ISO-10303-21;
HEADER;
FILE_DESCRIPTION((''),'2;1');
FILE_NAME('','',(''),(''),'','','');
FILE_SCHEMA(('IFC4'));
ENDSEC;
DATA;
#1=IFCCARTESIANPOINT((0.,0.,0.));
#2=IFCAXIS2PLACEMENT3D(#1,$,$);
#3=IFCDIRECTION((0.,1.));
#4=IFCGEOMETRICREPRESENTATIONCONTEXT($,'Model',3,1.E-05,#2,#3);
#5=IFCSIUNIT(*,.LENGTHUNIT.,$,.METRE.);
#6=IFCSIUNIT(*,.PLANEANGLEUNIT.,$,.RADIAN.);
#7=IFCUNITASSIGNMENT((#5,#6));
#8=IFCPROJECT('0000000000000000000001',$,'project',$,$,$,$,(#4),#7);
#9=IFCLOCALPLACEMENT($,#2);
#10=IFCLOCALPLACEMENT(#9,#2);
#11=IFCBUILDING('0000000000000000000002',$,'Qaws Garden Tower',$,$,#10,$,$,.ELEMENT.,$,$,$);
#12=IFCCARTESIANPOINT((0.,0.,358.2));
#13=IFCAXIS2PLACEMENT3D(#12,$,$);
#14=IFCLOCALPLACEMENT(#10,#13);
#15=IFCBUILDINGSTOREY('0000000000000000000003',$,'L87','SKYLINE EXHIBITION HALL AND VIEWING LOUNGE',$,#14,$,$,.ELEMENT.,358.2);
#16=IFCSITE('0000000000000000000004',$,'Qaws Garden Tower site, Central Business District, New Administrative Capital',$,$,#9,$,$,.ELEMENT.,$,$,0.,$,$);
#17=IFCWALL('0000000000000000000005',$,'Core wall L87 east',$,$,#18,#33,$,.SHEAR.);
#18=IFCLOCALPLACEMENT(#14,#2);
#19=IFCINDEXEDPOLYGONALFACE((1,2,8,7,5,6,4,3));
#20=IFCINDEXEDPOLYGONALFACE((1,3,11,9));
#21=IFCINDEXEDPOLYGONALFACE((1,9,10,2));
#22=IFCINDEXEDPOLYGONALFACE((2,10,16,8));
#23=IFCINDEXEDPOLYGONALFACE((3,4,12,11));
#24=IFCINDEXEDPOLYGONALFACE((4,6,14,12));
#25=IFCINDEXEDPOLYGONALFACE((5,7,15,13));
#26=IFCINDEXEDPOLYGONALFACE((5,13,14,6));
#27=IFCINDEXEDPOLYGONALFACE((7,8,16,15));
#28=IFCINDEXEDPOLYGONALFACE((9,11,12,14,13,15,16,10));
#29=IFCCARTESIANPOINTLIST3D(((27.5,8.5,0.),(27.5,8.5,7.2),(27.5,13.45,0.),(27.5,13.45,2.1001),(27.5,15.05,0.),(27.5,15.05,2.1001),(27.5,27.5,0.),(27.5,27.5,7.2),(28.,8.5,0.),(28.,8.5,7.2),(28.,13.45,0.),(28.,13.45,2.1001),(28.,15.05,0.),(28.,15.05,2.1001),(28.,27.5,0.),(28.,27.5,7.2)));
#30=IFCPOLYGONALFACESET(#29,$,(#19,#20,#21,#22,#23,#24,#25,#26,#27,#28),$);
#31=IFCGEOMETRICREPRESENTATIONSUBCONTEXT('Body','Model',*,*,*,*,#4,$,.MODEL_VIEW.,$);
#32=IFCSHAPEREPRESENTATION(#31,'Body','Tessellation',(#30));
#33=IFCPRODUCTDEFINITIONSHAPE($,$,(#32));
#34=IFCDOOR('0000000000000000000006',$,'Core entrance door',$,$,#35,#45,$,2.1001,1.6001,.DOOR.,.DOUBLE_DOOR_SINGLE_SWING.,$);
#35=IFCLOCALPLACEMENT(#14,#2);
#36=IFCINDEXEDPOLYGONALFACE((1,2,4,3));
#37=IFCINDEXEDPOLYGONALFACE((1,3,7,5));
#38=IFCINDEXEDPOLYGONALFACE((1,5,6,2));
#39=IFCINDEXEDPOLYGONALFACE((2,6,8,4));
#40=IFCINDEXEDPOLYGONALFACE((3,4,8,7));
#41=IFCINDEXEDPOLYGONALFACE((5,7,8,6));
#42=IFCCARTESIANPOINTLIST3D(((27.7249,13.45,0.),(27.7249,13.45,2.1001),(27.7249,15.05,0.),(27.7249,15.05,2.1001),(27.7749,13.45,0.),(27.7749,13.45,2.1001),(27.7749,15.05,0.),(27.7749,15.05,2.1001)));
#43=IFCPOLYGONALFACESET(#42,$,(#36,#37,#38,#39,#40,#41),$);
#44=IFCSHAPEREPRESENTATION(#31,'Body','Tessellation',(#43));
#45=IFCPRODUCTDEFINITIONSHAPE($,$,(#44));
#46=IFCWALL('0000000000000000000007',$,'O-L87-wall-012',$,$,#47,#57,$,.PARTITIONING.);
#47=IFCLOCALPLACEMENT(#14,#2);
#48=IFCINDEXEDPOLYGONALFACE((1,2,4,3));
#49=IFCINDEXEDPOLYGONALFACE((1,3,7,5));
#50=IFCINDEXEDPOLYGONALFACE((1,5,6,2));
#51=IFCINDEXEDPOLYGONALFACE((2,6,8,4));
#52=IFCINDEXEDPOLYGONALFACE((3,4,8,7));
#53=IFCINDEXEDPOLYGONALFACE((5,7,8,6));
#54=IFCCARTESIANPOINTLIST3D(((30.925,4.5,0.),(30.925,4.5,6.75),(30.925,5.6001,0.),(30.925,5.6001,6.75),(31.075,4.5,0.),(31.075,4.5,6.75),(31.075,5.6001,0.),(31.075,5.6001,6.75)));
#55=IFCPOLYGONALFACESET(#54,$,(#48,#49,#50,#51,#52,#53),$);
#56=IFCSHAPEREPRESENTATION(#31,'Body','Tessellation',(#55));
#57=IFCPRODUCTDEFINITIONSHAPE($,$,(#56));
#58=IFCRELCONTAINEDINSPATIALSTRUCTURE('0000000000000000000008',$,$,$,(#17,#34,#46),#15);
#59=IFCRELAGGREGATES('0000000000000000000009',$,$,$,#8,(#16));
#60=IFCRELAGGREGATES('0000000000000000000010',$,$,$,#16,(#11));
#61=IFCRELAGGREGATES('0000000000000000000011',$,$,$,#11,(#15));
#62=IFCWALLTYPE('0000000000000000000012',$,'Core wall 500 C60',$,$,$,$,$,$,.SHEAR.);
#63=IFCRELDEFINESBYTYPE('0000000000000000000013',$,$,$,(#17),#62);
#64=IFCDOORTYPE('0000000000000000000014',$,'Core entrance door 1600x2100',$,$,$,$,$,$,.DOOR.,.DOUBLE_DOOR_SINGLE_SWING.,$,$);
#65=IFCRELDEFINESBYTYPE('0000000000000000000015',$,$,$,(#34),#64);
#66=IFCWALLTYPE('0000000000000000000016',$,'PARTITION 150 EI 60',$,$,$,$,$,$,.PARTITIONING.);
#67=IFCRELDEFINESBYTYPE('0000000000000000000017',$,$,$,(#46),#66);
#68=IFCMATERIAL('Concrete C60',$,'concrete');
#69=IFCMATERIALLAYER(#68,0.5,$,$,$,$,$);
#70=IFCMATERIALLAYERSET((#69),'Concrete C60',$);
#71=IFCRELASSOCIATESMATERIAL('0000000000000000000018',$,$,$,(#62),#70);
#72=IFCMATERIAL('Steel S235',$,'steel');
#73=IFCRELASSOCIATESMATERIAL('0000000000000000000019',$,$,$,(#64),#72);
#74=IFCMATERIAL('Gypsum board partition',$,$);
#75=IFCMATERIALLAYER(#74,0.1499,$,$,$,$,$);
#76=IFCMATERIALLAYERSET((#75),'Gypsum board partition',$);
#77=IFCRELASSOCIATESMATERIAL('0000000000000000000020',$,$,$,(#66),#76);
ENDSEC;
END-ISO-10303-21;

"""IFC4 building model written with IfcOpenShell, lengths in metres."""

from ifc_helpers import new_model, si_unit, direction, frame, frame_2d, origin, place, context, subcontext, project, spatial, rectangle, extrude, material, layer, layer_set, type_object, element, fill, save


model = new_model("IFC4")

# Units and contexts
model_context = context("Model", 3, precision=1e-05, world=origin(), true_north=direction((0.0, 1.0)))
body_context = subcontext(model_context, "Body", "Model", "MODEL_VIEW")
ifc_project = project(units=[si_unit("LENGTHUNIT", "METRE"), si_unit("PLANEANGLEUNIT", "RADIAN")], contexts=[model_context])

# Site, building, storey
site_placement = place(None, origin())
site = spatial("IfcSite", under=ifc_project, at=site_placement, Name="Qaws Garden Tower site, Central Business District, New Administrative Capital", CompositionType="ELEMENT", RefElevation=0.0)
building_placement = place(site_placement, origin())
building = spatial("IfcBuilding", under=site, at=building_placement, Name="Qaws Garden Tower", CompositionType="ELEMENT")
storey_placement = place(building_placement, frame((0.0, 0.0, 358.2)))
storey = spatial("IfcBuildingStorey", under=building, at=storey_placement, Name="L87", Description="SKYLINE EXHIBITION HALL AND VIEWING LOUNGE", CompositionType="ELEMENT", Elevation=358.2)

# Wall, opening, door
ifc_material_1 = material(Name="Concrete C60", Category="concrete")
ifc_layer_1 = layer(ifc_material_1, 0.5)
ifc_layer_set_1 = layer_set([ifc_layer_1], Name="Concrete C60")
wall_type_1 = type_object("IfcWallType", Name="Core wall 500 C60", PredefinedType="SHEAR", material=ifc_layer_set_1)
wall_1_placement = place(storey_placement, frame((27.75, 8.5, 0.0), z_axis=(0.0, 0.0, 1.0), x_axis=(0.0, 1.0, 0.0)))
wall_1 = element("IfcWall", 1, at=wall_1_placement, inside=storey, type_object=wall_type_1, Name="Core wall L87 east", PredefinedType="SHEAR", context=body_context, shape_type="SweptSolid", body=[
    extrude(rectangle(XDim=19.0, YDim=0.5, at=frame_2d((9.5, 0.0))), origin(), (0.0, 0.0, 1.0), 7.2),
])
opening_1_placement = place(wall_1_placement, frame((4.95, 0.0, 0.0)))
opening_1 = element("IfcOpeningElement", 2, at=opening_1_placement, cuts=wall_1, PredefinedType="OPENING", context=body_context, shape_type="SweptSolid", body=[
    extrude(rectangle(XDim=1.6001, YDim=2.1001, at=frame_2d((0.8, 1.05))), frame((0.0, 0.26, 0.0), z_axis=(0.0, -1.0, 0.0), x_axis=(1.0, 0.0, 0.0)), (0.0, 0.0, 1.0), 0.52),
])
ifc_material_2 = material(Name="Steel S235", Category="steel")
door_type_1 = type_object("IfcDoorType", Name="Core entrance door 1600x2100", OperationType="DOUBLE_DOOR_SINGLE_SWING", PredefinedType="DOOR", material=ifc_material_2)
door_1_placement = place(opening_1_placement, frame((1.6001, 0.0, 0.0), z_axis=(0.0, 0.0, 1.0), x_axis=(-1.0, 0.0, 0.0)))
door_1 = element("IfcDoor", 3, at=door_1_placement, inside=storey, type_object=door_type_1, Name="Core entrance door", OperationType="DOUBLE_DOOR_SINGLE_SWING", OverallHeight=2.1001, OverallWidth=1.6001, PredefinedType="DOOR", context=body_context, shape_type="SweptSolid", body=[
    extrude(rectangle(XDim=1.6001, YDim=2.1001, at=frame_2d((0.8, 1.05))), frame((0.0, 0.0249, 0.0), z_axis=(0.0, -1.0, 0.0), x_axis=(1.0, 0.0, 0.0)), (0.0, 0.0, 1.0), 0.05),
])
fill(opening_1, door_1)

# Wall
ifc_material_3 = material(Name="Gypsum board partition")
ifc_layer_2 = layer(ifc_material_3, 0.1499)
ifc_layer_set_2 = layer_set([ifc_layer_2], Name="Gypsum board partition")
wall_type_2 = type_object("IfcWallType", Name="PARTITION 150 EI 60", PredefinedType="PARTITIONING", material=ifc_layer_set_2)
wall_2_placement = place(storey_placement, frame((31.0, 4.5, 0.0), z_axis=(0.0, 0.0, 1.0), x_axis=(0.0, 1.0, 0.0)))
element("IfcWall", 4, at=wall_2_placement, inside=storey, type_object=wall_type_2, Name="O-L87-wall-012", PredefinedType="PARTITIONING", context=body_context, shape_type="SweptSolid", body=[
    extrude(rectangle(XDim=1.1001, YDim=0.1499, at=frame_2d((0.55, 0.0))), origin(), (0.0, 0.0, 1.0), 6.75),
])

save(model, "model.ifc")
